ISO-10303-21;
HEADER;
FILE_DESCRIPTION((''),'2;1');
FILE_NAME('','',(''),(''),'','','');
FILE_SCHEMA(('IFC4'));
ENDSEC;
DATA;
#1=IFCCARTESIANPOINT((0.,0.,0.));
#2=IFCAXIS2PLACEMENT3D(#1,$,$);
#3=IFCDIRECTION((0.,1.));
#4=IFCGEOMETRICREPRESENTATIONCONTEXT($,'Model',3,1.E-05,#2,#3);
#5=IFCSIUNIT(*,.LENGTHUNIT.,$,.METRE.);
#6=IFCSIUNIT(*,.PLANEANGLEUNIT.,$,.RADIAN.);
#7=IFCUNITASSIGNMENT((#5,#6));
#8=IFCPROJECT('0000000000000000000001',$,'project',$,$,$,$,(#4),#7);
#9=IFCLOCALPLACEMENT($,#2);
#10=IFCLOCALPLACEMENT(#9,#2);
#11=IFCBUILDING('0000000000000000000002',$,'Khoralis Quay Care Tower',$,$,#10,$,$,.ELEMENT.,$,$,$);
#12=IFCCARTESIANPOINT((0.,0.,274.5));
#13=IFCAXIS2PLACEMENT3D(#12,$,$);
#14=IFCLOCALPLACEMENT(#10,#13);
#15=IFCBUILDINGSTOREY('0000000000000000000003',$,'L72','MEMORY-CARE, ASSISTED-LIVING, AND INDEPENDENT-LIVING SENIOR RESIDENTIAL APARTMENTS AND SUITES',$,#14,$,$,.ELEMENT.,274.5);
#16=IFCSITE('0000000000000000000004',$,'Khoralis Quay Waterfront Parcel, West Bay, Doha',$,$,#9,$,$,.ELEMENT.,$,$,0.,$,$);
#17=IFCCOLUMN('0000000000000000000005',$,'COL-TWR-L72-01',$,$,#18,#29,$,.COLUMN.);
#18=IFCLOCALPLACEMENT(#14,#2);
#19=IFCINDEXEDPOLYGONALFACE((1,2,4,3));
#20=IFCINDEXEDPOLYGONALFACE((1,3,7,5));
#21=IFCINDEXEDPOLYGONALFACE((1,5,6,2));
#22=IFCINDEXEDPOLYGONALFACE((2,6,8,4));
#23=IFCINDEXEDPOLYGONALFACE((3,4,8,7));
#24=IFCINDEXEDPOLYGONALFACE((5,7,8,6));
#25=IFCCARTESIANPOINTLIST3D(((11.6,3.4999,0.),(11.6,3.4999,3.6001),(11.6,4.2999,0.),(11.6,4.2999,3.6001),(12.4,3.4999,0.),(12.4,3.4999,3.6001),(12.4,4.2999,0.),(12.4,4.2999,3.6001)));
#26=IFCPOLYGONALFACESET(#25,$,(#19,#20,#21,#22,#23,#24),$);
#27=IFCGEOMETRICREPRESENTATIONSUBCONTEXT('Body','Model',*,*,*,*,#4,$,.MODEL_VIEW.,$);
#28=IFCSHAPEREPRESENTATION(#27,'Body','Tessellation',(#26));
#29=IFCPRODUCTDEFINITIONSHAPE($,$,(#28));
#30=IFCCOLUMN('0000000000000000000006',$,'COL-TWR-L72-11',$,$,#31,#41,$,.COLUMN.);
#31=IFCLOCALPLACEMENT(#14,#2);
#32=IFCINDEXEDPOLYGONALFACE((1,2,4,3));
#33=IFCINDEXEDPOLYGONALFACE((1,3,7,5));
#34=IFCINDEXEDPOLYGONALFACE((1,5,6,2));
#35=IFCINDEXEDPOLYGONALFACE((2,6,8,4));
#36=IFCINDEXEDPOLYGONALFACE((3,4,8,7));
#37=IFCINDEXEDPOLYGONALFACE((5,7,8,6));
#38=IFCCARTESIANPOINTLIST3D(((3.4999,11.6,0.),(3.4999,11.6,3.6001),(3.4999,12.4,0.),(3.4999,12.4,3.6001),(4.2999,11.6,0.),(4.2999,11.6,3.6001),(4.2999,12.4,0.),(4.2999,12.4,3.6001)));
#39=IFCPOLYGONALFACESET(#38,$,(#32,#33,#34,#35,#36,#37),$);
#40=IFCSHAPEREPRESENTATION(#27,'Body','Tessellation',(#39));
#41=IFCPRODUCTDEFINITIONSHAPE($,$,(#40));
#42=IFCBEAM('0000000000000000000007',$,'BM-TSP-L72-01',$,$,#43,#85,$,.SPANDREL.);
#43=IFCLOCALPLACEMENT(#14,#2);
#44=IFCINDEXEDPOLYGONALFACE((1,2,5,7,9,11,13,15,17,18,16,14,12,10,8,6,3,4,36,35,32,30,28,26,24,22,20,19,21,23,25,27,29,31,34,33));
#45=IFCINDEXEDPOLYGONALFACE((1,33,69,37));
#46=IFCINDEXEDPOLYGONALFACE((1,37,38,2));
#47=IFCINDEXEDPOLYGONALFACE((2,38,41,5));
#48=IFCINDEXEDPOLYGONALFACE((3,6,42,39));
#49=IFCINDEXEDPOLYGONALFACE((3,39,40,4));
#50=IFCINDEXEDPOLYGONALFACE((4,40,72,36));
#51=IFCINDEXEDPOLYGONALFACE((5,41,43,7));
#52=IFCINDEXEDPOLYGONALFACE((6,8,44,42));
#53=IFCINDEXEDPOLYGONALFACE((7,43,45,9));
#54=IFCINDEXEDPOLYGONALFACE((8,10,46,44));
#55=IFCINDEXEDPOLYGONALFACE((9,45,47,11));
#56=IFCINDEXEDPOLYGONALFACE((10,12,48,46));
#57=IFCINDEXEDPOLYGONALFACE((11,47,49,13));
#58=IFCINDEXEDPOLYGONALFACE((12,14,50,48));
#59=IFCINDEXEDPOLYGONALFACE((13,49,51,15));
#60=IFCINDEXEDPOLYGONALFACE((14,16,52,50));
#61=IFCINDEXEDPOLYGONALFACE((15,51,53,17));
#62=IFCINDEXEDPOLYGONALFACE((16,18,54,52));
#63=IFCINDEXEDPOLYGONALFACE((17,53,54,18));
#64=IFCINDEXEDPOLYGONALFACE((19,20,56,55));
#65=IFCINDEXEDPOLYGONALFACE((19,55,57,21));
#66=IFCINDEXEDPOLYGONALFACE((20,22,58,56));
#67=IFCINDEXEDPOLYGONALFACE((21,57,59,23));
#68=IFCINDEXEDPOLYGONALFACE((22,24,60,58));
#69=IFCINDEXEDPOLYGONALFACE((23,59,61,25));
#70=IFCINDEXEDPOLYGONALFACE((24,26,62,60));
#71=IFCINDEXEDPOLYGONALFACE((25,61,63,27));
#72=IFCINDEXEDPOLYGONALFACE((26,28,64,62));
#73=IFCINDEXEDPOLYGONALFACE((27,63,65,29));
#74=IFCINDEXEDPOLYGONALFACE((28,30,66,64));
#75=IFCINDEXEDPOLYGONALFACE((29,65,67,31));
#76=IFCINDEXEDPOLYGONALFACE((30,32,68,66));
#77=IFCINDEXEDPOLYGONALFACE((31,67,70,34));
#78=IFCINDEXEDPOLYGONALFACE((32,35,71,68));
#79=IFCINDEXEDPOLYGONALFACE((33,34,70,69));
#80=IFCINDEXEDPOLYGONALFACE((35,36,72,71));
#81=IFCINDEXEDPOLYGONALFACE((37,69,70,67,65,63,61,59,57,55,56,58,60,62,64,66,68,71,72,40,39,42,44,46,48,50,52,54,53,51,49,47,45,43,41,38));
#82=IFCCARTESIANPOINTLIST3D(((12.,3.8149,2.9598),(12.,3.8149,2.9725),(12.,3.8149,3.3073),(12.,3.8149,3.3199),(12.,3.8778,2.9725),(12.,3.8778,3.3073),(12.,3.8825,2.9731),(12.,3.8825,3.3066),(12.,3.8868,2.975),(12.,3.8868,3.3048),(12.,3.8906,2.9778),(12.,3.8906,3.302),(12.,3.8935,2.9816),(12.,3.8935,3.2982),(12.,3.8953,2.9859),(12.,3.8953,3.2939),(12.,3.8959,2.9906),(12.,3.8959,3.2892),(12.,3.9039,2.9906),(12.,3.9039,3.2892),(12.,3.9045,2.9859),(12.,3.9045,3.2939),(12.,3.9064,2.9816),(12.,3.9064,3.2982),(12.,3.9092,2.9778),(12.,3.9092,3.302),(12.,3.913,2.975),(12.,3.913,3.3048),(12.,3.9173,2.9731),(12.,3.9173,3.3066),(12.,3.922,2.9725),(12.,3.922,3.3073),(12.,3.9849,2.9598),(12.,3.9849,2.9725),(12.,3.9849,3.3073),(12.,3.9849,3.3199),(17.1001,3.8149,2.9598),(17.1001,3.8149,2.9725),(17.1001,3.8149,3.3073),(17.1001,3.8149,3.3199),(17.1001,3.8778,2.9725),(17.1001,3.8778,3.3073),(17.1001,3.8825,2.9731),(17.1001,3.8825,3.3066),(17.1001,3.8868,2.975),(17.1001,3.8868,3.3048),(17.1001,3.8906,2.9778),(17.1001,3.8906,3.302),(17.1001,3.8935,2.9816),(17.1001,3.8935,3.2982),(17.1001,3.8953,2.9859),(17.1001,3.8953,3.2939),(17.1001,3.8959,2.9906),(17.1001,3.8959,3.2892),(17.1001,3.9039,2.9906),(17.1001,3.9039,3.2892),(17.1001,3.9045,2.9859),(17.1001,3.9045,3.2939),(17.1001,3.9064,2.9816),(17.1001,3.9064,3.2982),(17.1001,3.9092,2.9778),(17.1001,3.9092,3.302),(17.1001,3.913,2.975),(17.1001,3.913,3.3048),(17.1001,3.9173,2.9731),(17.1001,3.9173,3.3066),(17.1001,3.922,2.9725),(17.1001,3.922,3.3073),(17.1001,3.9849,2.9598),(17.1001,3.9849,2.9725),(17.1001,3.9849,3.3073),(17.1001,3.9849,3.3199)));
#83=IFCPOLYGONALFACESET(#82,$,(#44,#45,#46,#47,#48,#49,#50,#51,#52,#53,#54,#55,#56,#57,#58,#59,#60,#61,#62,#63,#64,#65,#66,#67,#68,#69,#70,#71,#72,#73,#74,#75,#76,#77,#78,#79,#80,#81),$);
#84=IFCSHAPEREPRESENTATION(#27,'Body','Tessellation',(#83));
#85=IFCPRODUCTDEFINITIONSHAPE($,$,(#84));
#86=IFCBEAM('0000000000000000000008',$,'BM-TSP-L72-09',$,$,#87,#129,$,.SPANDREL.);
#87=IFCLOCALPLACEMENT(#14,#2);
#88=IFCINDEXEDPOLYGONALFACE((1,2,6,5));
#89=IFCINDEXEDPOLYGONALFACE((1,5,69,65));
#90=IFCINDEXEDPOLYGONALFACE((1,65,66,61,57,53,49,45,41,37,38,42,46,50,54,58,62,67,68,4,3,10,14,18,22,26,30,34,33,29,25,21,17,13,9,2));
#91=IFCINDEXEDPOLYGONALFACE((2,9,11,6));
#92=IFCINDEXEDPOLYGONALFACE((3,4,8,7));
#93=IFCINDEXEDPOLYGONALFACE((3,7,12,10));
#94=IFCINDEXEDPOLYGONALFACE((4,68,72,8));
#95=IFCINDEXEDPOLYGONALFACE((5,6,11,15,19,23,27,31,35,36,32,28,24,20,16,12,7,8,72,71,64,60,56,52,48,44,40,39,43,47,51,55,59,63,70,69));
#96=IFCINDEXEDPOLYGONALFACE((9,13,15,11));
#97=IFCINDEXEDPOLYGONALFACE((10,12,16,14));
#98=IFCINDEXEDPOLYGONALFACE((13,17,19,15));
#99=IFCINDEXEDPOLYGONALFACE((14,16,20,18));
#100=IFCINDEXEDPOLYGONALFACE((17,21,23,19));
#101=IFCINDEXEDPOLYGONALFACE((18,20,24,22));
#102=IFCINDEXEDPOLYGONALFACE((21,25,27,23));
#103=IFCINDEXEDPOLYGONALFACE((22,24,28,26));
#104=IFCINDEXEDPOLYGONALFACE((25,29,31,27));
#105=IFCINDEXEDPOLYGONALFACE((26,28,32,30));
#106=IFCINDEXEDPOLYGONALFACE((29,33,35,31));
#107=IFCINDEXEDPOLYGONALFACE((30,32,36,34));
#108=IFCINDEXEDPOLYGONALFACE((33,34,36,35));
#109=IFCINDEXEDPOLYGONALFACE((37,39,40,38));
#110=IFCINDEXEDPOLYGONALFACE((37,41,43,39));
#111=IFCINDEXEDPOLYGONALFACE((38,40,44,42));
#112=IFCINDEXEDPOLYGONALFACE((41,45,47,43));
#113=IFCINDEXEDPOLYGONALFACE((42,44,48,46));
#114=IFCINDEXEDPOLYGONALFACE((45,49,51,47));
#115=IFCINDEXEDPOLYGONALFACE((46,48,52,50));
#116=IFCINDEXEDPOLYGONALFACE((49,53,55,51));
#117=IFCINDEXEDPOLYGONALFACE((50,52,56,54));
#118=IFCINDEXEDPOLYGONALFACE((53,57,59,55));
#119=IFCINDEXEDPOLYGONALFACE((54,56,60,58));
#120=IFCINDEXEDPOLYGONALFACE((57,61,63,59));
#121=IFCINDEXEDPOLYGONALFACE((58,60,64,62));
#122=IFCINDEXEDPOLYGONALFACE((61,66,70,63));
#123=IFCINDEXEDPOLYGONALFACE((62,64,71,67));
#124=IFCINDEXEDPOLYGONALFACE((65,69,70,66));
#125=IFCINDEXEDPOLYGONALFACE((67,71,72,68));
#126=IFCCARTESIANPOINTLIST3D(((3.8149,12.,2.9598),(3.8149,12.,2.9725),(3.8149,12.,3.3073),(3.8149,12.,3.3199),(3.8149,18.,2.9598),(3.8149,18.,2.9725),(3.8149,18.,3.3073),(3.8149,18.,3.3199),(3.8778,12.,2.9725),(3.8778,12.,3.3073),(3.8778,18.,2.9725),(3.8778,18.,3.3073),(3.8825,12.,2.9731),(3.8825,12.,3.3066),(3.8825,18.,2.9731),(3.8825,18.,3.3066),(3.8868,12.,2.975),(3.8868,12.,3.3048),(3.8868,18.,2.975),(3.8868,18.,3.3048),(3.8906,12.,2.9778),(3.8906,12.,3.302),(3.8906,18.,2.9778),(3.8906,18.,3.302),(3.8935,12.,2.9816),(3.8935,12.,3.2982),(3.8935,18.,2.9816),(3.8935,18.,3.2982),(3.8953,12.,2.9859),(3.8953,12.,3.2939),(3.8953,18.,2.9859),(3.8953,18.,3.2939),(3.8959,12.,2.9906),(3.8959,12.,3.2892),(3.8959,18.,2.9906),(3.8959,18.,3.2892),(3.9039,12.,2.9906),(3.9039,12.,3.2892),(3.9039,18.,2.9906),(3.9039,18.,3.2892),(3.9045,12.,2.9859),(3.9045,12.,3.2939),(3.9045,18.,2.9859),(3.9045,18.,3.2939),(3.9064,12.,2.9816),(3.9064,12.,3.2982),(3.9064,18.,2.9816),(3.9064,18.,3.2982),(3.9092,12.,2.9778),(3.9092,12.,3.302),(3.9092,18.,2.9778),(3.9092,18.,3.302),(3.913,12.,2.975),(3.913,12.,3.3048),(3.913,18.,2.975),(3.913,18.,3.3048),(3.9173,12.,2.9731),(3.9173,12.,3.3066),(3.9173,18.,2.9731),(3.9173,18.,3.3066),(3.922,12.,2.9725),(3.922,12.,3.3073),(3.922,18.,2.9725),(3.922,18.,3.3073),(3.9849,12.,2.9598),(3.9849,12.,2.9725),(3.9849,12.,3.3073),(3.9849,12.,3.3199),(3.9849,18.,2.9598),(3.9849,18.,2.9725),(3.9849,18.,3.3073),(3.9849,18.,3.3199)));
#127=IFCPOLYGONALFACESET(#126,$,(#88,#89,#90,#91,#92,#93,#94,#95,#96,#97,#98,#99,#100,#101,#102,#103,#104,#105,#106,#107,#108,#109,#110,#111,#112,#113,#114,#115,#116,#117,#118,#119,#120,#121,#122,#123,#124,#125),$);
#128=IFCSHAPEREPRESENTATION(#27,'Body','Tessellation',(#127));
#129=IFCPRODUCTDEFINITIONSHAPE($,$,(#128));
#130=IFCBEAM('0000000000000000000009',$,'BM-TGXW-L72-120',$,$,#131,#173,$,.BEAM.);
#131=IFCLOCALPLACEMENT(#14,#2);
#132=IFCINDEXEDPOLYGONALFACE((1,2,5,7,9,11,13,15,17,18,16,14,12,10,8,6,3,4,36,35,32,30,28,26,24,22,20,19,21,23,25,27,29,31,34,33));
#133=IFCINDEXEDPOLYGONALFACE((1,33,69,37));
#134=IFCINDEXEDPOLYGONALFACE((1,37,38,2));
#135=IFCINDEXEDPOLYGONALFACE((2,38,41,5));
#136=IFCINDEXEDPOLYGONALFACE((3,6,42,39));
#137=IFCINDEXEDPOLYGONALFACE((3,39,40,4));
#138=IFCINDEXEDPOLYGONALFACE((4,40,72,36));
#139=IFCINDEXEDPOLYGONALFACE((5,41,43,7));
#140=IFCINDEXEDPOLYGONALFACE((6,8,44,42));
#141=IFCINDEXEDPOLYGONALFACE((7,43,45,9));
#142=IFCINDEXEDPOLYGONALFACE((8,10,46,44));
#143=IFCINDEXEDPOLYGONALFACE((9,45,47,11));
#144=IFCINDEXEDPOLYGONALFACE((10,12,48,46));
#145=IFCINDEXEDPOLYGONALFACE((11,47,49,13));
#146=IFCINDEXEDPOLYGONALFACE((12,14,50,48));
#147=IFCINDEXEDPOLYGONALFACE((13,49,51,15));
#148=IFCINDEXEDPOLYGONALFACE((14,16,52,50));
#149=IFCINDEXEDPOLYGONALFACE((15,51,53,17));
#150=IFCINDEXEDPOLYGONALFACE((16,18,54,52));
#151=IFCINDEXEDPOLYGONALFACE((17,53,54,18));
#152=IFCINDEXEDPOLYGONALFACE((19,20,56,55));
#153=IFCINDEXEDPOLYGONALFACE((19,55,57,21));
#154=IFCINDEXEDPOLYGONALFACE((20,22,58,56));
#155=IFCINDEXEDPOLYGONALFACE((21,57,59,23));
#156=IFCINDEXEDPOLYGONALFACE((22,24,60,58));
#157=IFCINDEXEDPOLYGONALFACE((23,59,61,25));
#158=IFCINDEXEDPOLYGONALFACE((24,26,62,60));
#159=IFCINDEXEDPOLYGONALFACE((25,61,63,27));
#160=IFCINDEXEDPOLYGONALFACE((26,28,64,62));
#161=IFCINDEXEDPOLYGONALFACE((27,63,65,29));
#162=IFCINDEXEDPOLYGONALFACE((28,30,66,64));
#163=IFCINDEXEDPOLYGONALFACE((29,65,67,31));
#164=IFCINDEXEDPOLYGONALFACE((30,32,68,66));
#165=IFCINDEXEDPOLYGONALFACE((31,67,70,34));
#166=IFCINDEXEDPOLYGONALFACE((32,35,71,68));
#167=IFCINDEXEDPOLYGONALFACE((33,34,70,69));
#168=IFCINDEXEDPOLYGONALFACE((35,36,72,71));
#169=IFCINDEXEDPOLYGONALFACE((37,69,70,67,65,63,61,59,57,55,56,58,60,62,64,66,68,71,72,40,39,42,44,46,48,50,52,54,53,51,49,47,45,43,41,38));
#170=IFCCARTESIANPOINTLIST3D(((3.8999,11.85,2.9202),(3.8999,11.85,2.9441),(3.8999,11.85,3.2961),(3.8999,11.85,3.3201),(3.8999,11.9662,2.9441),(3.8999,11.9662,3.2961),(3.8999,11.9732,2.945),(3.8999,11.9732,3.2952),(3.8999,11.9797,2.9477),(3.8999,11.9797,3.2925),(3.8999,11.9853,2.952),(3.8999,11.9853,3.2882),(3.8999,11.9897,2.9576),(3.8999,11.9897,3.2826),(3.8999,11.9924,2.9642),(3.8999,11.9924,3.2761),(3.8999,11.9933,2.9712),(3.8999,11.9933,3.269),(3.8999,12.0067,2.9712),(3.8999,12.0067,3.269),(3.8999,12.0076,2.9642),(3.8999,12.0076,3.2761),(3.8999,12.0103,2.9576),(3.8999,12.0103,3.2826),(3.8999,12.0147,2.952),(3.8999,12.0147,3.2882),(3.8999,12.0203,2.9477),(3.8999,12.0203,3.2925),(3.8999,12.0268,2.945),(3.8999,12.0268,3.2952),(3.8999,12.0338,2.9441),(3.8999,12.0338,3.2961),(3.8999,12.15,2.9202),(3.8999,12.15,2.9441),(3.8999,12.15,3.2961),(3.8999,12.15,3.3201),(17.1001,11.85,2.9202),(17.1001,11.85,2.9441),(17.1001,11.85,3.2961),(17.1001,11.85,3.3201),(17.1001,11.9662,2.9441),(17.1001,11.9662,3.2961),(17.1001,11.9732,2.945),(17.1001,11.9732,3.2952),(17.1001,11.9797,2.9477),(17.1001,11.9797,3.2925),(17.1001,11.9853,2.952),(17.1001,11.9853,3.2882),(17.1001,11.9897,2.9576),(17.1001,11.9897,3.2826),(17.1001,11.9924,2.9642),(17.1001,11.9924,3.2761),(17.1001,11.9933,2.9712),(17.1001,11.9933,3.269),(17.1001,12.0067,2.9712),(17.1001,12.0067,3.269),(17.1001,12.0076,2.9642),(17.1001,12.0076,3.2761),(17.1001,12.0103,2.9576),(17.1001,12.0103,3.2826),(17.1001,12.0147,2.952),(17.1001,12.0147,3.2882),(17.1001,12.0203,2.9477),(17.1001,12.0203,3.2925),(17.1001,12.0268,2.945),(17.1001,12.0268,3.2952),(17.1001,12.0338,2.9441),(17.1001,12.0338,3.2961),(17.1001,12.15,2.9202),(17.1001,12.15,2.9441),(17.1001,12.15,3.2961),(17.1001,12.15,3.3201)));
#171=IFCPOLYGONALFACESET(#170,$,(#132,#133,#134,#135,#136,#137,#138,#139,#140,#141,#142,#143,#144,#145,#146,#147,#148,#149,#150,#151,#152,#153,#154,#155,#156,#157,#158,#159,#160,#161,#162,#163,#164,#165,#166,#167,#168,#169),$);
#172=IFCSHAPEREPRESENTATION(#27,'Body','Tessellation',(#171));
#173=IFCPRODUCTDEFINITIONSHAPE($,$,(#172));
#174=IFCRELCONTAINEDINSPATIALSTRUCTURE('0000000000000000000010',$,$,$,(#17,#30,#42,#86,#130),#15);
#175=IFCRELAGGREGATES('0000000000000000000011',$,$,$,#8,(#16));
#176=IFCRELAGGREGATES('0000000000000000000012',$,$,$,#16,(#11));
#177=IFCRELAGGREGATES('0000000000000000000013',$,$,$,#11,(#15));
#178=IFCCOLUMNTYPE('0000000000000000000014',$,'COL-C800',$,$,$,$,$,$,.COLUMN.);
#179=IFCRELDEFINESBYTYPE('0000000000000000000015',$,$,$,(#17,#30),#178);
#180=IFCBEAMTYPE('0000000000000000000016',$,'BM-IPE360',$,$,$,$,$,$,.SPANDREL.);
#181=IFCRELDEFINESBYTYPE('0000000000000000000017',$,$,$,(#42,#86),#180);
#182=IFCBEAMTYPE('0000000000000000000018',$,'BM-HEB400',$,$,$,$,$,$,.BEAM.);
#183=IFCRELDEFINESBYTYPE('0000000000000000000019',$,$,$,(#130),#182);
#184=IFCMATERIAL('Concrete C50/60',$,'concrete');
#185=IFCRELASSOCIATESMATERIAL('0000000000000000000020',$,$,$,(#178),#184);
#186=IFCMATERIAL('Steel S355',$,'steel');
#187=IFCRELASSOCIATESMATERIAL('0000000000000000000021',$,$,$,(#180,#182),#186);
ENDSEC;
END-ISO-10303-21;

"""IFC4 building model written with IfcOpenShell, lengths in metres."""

from ifc_helpers import new_model, si_unit, direction, frame, origin, origin_2d, place, context, subcontext, project, spatial, rectangle, i_section, extrude, source, transform, mapped, material, material_profile, profile_set, type_object, element, save


model = new_model("IFC4")

# Units and contexts
model_context = context("Model", 3, precision=1e-05, world=origin(), true_north=direction((0.0, 1.0)))
body_context = subcontext(model_context, "Body", "Model", "MODEL_VIEW")
ifc_project = project(units=[si_unit("LENGTHUNIT", "METRE"), si_unit("PLANEANGLEUNIT", "RADIAN")], contexts=[model_context])

# Site, building, storey
site_placement = place(None, origin())
site = spatial("IfcSite", under=ifc_project, at=site_placement, Name="Khoralis Quay Waterfront Parcel, West Bay, Doha", CompositionType="ELEMENT", RefElevation=0.0)
building_placement = place(site_placement, origin())
building = spatial("IfcBuilding", under=site, at=building_placement, Name="Khoralis Quay Care Tower", CompositionType="ELEMENT")
storey_placement = place(building_placement, frame((0.0, 0.0, 274.5)))
storey = spatial("IfcBuildingStorey", under=building, at=storey_placement, Name="L72", Description="MEMORY-CARE, ASSISTED-LIVING, AND INDEPENDENT-LIVING SENIOR RESIDENTIAL APARTMENTS AND SUITES", CompositionType="ELEMENT", Elevation=274.5)

# Columns
ifc_material_1 = material(Name="Concrete C50/60", Category="concrete")
ifc_material_profile_1 = material_profile(ifc_material_1, rectangle(XDim=0.8, YDim=0.8, at=origin_2d()), Name="Concrete C50/60")
ifc_profile_set_1 = profile_set([ifc_material_profile_1], Name="Concrete C50/60")
column_type = type_object("IfcColumnType", Name="COL-C800", PredefinedType="COLUMN", material=ifc_profile_set_1)
shared_shape_1 = source(origin(), body_context, "Body", "SweptSolid", [
    extrude(rectangle(XDim=0.8, YDim=0.8, at=origin_2d()), origin(), (0.0, 0.0, 1.0), 3.6001),
])
for number, where, z_axis, x_axis, name in (
    (1, (12.0, 3.8999, 0.0), (0.0, 0.0, 1.0), (1.0, 0.0, 0.0), "COL-TWR-L72-01"),
    (2, (3.8999, 12.0, 0.0), (0.0, 0.0, 1.0), (1.0, 0.0, 0.0), "COL-TWR-L72-11"),
):
    element("IfcColumn", number, at=place(storey_placement, frame(where, z_axis=z_axis, x_axis=x_axis)), inside=storey, type_object=column_type, Name=name, PredefinedType="COLUMN", context=body_context, shape_type="MappedRepresentation", body=[
        mapped(shared_shape_1, transform((0.0, 0.0, 0.0), scale=1.0)),
    ])

# Beams
ifc_material_2 = material(Name="Steel S355", Category="steel")
ifc_material_profile_2 = material_profile(ifc_material_2, i_section(OverallWidth=0.1699, OverallDepth=0.3601, WebThickness=0.0081, FlangeThickness=0.0127, FilletRadius=0.0181, at=origin_2d()), Name="Steel S355")
ifc_profile_set_2 = profile_set([ifc_material_profile_2], Name="Steel S355")
beam_type_1 = type_object("IfcBeamType", Name="BM-IPE360", PredefinedType="SPANDREL", material=ifc_profile_set_2)
shared_shape_2 = source(origin(), body_context, "Body", "SweptSolid", [
    extrude(i_section(OverallWidth=0.1699, OverallDepth=0.3601, WebThickness=0.0081, FlangeThickness=0.0127, FilletRadius=0.0181, at=origin_2d()), origin(), (0.0, 0.0, 1.0), 5.1001),
])
beam_1_placement = place(storey_placement, frame((12.0, 3.8999, 3.1399), z_axis=(1.0, 0.0, 0.0), x_axis=(0.0, 1.0, 0.0)))
element("IfcBeam", 3, at=beam_1_placement, inside=storey, type_object=beam_type_1, Name="BM-TSP-L72-01", PredefinedType="SPANDREL", context=body_context, shape_type="MappedRepresentation", body=[
    mapped(shared_shape_2, transform((0.0, 0.0, 0.0), scale=1.0)),
])
shared_shape_3 = source(origin(), body_context, "Body", "SweptSolid", [
    extrude(i_section(OverallWidth=0.1699, OverallDepth=0.3601, WebThickness=0.0081, FlangeThickness=0.0127, FilletRadius=0.0181, at=origin_2d()), origin(), (0.0, 0.0, 1.0), 6.0),
])
beam_2_placement = place(storey_placement, frame((3.8999, 12.0, 3.1399), z_axis=(0.0, 1.0, 0.0), x_axis=(-1.0, 0.0, 0.0)))
element("IfcBeam", 4, at=beam_2_placement, inside=storey, type_object=beam_type_1, Name="BM-TSP-L72-09", PredefinedType="SPANDREL", context=body_context, shape_type="MappedRepresentation", body=[
    mapped(shared_shape_3, transform((0.0, 0.0, 0.0), scale=1.0)),
])
ifc_material_profile_3 = material_profile(ifc_material_2, i_section(OverallWidth=0.3, OverallDepth=0.3999, WebThickness=0.0134, FlangeThickness=0.0239, FilletRadius=0.0271, at=origin_2d()), Name="Steel S355")
ifc_profile_set_3 = profile_set([ifc_material_profile_3], Name="Steel S355")
beam_type_2 = type_object("IfcBeamType", Name="BM-HEB400", PredefinedType="BEAM", material=ifc_profile_set_3)
shared_shape_4 = source(origin(), body_context, "Body", "SweptSolid", [
    extrude(i_section(OverallWidth=0.3, OverallDepth=0.3999, WebThickness=0.0134, FlangeThickness=0.0239, FilletRadius=0.0271, at=origin_2d()), origin(), (0.0, 0.0, 1.0), 13.2002),
])
beam_3_placement = place(storey_placement, frame((3.8999, 12.0, 3.1201), z_axis=(1.0, 0.0, 0.0), x_axis=(0.0, 1.0, 0.0)))
element("IfcBeam", 5, at=beam_3_placement, inside=storey, type_object=beam_type_2, Name="BM-TGXW-L72-120", PredefinedType="BEAM", context=body_context, shape_type="MappedRepresentation", body=[
    mapped(shared_shape_4, transform((0.0, 0.0, 0.0), scale=1.0)),
])

save(model, "model.ifc")
